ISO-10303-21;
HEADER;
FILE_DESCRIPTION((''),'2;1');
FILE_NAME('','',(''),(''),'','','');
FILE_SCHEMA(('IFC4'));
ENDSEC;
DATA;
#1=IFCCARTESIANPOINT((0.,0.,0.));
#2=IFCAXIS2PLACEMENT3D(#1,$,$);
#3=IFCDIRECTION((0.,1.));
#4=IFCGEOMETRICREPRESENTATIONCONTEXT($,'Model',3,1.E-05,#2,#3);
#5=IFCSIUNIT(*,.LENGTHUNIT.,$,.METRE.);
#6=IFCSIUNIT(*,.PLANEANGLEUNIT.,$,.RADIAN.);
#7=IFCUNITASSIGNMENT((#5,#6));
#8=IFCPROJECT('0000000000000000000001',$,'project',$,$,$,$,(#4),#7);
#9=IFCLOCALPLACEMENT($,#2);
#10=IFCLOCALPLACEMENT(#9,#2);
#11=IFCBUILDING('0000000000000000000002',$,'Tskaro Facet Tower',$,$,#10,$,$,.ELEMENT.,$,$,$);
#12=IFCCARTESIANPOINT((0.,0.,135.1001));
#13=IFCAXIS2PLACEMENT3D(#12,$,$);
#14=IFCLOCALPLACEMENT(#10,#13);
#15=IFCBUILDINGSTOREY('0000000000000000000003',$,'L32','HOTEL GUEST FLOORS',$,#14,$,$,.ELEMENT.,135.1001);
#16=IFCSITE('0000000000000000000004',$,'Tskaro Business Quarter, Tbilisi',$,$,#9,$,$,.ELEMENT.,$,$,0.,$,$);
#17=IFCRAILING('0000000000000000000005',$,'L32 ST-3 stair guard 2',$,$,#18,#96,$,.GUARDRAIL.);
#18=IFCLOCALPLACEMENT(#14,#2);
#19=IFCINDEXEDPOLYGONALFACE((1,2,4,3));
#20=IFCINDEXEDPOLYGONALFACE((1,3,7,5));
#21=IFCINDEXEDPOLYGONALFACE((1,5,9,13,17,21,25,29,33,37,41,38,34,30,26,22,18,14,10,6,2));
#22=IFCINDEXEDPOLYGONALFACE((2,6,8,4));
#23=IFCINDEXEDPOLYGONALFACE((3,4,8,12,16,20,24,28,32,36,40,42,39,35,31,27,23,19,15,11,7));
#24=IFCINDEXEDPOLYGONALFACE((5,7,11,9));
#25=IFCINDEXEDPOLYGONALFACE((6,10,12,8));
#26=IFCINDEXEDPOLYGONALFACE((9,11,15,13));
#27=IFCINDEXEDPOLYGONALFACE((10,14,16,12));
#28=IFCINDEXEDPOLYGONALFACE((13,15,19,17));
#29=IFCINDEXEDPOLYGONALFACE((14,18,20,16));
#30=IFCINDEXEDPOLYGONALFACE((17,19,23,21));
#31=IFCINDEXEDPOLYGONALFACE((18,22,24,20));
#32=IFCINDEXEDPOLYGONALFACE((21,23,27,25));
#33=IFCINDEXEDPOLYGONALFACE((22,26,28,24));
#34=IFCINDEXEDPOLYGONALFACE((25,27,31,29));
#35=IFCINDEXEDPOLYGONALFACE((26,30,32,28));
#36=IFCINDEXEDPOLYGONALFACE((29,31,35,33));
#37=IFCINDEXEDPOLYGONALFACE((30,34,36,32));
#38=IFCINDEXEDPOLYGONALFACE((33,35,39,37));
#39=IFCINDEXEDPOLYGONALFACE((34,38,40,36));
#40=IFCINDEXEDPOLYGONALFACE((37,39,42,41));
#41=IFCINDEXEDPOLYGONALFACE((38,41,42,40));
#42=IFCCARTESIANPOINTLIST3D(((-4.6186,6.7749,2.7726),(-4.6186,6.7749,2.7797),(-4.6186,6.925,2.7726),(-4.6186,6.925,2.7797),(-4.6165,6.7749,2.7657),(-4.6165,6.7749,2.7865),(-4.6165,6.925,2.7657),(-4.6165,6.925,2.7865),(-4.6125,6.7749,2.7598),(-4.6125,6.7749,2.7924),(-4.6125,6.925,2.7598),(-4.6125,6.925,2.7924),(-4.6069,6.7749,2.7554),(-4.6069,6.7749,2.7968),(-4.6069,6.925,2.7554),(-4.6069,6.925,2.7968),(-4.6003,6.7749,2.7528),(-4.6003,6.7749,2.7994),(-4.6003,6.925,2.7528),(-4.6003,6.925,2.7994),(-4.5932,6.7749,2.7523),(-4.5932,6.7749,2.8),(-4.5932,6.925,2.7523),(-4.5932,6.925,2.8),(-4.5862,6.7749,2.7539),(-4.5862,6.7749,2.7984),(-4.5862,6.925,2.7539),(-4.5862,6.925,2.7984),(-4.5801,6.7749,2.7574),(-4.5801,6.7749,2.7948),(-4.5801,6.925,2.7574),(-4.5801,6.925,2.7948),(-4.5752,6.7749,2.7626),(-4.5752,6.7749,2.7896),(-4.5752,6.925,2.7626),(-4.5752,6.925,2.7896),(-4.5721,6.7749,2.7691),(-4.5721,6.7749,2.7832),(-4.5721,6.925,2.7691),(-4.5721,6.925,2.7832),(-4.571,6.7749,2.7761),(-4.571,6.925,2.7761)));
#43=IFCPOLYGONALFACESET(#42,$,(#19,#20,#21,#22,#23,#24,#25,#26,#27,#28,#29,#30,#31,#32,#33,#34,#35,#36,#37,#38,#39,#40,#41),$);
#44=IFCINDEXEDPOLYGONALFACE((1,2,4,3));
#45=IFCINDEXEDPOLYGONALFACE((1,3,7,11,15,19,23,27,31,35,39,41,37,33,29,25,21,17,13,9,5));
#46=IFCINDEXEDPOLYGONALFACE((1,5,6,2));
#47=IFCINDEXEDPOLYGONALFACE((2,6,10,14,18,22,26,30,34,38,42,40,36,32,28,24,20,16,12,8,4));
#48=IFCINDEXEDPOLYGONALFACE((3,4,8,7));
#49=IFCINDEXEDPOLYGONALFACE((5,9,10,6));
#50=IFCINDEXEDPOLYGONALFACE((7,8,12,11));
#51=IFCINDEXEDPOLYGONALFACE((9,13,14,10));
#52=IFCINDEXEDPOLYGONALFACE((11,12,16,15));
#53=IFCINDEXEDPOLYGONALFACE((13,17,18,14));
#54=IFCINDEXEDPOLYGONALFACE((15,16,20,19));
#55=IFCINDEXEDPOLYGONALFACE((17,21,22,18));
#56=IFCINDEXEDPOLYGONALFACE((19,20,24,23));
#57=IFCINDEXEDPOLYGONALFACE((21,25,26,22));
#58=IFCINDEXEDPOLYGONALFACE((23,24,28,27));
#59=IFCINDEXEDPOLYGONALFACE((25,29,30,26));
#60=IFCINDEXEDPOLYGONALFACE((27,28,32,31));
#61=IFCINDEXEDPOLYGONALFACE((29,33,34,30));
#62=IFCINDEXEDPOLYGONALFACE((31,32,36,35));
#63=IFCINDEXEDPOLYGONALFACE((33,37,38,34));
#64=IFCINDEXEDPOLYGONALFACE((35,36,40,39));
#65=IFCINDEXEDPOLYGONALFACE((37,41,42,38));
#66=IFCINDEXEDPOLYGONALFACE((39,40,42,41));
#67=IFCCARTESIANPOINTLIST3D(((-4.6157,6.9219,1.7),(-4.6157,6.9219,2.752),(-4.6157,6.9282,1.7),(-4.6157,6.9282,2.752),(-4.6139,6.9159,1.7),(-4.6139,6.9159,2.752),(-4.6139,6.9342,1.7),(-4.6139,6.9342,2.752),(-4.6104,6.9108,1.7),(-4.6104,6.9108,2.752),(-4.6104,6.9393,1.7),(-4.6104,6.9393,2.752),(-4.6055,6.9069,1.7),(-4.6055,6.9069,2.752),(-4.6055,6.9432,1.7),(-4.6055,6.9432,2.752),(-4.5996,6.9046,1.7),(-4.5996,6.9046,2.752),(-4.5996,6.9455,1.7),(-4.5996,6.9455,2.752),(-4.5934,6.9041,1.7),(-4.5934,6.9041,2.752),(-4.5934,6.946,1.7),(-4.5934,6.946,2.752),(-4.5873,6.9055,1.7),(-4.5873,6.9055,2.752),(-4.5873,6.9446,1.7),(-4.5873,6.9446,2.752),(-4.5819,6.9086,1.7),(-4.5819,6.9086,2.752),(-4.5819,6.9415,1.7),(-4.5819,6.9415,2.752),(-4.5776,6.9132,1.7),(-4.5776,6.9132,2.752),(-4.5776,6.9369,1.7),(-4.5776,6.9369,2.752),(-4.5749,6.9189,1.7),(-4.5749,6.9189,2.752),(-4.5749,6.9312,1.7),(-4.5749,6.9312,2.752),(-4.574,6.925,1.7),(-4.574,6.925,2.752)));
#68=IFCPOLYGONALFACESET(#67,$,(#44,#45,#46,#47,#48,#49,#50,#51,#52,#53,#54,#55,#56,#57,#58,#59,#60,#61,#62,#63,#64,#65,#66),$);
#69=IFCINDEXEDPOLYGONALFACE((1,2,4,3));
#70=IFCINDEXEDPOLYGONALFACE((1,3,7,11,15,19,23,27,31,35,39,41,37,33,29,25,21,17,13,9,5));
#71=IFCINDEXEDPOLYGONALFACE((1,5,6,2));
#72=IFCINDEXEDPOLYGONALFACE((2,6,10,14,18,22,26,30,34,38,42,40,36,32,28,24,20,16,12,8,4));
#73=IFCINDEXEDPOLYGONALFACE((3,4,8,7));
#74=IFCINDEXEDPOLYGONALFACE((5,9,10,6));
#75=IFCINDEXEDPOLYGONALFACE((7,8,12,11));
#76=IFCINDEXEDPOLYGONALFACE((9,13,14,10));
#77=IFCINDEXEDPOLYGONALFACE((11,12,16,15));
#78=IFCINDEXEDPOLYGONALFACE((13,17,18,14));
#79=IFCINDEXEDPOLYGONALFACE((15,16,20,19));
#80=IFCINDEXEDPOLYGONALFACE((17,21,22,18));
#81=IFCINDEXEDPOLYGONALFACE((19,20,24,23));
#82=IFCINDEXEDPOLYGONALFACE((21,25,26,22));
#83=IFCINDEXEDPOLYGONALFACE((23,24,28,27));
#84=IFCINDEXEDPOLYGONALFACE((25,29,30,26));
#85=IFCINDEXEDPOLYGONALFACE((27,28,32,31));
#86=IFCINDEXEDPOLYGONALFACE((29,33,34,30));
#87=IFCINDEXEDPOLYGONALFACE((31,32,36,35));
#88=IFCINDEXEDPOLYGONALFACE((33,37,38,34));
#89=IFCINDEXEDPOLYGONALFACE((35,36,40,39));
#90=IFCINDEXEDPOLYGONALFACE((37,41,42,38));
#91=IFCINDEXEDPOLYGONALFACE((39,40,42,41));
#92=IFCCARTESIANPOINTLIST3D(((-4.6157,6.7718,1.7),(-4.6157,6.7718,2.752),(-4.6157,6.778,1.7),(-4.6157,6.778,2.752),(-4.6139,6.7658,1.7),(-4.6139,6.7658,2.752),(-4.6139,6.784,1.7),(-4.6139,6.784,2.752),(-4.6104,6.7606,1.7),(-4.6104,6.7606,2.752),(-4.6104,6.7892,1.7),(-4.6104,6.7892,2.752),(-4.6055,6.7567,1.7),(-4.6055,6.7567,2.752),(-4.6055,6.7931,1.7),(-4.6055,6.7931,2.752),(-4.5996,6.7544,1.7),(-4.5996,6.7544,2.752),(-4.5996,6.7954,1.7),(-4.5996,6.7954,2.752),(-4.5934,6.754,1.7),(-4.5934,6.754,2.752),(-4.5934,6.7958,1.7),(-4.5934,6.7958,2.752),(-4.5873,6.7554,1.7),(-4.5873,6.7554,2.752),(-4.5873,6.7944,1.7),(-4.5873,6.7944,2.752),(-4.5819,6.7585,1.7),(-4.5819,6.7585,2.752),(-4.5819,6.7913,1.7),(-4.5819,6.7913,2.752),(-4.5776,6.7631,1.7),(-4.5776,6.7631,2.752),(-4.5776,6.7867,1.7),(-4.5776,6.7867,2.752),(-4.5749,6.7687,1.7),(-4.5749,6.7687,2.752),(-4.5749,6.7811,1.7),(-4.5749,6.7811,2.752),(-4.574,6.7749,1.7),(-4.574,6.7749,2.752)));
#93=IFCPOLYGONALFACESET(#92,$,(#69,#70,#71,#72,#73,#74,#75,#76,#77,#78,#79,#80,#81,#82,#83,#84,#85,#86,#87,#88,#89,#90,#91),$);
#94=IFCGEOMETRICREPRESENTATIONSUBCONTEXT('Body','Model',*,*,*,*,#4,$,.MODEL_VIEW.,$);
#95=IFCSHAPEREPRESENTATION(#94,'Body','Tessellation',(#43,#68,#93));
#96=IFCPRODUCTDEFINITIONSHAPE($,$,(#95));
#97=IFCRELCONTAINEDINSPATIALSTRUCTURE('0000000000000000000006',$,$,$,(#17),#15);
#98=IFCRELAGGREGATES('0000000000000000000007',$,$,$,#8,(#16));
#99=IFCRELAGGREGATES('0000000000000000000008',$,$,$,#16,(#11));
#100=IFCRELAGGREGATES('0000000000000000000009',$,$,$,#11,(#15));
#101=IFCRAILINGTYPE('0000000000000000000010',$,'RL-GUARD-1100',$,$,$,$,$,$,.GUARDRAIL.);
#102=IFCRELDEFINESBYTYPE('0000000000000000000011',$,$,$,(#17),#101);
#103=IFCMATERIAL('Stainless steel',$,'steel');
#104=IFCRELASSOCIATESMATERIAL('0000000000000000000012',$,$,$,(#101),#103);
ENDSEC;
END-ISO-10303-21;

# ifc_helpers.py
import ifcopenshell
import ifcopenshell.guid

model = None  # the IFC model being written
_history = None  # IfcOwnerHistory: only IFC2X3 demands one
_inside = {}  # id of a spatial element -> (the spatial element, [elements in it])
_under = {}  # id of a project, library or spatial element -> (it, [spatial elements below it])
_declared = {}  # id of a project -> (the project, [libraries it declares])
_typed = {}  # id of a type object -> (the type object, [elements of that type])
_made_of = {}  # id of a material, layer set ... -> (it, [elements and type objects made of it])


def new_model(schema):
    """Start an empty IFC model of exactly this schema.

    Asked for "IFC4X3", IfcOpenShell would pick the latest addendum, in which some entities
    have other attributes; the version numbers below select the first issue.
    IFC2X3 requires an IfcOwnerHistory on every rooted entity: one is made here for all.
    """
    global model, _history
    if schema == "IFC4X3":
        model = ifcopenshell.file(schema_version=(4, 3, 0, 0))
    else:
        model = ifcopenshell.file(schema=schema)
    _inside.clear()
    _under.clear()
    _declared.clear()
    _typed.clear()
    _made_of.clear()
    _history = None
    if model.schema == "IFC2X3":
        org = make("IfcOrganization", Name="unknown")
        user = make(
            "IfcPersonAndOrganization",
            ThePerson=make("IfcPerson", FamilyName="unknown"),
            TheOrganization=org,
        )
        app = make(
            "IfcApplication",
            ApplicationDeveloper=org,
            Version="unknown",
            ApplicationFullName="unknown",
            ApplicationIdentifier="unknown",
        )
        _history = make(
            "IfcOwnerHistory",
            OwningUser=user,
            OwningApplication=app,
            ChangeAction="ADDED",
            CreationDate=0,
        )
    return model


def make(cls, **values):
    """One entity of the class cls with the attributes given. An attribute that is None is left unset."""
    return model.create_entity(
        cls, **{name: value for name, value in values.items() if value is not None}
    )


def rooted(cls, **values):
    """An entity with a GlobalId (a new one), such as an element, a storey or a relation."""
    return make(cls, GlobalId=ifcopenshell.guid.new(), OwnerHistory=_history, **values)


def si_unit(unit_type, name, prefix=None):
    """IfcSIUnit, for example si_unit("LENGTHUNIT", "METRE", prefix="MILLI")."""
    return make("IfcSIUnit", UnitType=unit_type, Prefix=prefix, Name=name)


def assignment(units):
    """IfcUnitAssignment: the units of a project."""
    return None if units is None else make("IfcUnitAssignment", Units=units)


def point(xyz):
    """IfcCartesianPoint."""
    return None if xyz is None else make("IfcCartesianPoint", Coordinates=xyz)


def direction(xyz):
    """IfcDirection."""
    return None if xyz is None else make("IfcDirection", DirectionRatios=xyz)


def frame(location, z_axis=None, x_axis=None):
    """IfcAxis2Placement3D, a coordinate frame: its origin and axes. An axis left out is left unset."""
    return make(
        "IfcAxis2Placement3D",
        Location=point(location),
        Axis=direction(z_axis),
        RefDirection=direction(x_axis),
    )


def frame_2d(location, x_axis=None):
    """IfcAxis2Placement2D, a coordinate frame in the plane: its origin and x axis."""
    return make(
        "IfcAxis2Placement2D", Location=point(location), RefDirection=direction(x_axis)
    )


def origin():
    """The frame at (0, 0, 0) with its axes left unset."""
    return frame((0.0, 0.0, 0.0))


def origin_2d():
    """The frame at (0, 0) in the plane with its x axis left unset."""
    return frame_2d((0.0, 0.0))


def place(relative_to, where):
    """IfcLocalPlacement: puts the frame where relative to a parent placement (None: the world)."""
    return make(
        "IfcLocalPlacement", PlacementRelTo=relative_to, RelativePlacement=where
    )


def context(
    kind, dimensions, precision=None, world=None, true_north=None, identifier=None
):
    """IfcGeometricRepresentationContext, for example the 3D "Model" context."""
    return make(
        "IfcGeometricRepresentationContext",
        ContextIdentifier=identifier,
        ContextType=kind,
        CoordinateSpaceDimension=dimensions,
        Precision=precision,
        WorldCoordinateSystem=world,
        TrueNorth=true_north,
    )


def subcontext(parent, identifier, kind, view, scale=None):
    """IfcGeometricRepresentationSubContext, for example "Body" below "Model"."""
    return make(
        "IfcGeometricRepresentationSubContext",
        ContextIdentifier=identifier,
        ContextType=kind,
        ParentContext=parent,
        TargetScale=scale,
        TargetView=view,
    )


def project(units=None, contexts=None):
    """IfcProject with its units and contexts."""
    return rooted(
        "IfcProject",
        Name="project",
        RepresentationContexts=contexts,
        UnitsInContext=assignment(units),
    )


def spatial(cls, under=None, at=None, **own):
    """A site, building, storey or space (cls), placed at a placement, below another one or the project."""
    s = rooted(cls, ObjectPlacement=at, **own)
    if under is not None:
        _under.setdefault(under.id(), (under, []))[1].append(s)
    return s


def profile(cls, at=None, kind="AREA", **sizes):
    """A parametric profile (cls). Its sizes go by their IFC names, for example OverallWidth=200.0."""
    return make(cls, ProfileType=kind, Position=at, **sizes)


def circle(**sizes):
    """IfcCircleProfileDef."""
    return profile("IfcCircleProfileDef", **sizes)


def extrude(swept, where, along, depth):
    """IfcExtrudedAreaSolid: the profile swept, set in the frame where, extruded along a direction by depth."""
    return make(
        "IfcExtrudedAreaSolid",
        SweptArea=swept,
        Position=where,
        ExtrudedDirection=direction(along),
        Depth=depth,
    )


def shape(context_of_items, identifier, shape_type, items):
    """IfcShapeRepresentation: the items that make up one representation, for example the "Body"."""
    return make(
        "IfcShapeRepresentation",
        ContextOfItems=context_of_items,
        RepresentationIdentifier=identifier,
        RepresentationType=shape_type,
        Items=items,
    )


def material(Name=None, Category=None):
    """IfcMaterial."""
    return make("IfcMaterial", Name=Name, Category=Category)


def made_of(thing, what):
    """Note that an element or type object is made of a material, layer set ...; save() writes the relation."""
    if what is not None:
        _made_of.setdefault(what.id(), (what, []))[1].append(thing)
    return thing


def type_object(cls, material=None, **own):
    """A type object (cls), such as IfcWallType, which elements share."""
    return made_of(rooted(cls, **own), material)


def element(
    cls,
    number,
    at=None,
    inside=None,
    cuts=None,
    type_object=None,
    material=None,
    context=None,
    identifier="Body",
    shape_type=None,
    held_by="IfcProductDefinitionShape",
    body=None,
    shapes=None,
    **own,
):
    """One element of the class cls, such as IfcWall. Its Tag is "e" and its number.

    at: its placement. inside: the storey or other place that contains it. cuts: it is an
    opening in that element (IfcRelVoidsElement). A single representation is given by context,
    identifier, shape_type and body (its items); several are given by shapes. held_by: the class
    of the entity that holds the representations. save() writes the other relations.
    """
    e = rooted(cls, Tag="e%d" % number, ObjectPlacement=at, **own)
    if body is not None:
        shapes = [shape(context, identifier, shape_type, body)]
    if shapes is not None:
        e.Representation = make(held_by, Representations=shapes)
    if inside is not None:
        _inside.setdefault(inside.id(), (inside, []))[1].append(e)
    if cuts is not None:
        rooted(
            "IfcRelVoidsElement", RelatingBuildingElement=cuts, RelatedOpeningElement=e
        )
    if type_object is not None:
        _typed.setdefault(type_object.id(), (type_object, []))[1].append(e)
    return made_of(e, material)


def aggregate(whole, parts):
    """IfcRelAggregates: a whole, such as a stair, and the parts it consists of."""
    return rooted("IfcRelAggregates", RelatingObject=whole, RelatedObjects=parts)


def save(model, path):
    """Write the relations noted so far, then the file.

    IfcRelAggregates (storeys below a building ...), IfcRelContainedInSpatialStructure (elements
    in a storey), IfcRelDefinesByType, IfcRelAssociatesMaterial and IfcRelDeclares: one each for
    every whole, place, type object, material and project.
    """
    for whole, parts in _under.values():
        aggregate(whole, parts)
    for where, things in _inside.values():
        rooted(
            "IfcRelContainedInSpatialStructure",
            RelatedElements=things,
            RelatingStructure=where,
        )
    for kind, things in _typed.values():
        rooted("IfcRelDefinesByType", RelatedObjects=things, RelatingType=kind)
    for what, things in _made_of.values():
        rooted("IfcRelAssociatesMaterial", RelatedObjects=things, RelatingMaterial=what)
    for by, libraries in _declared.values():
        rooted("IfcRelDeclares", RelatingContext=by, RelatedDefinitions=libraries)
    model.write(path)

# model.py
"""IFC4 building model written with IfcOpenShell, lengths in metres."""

from ifc_helpers import new_model, si_unit, direction, frame, origin, origin_2d, place, context, subcontext, project, spatial, circle, extrude, material, type_object, element, save


model = new_model("IFC4")

# Units and contexts
model_context = context("Model", 3, precision=1e-05, world=origin(), true_north=direction((0.0, 1.0)))
body_context = subcontext(model_context, "Body", "Model", "MODEL_VIEW")
ifc_project = project(units=[si_unit("LENGTHUNIT", "METRE"), si_unit("PLANEANGLEUNIT", "RADIAN")], contexts=[model_context])

# Site, building, storey
site_placement = place(None, origin())
site = spatial("IfcSite", under=ifc_project, at=site_placement, Name="Tskaro Business Quarter, Tbilisi", CompositionType="ELEMENT", RefElevation=0.0)
building_placement = place(site_placement, origin())
building = spatial("IfcBuilding", under=site, at=building_placement, Name="Tskaro Facet Tower", CompositionType="ELEMENT")
storey_placement = place(building_placement, frame((0.0, 0.0, 135.1001)))
storey = spatial("IfcBuildingStorey", under=building, at=storey_placement, Name="L32", Description="HOTEL GUEST FLOORS", CompositionType="ELEMENT", Elevation=135.1001)

# Railing
ifc_material_1 = material(Name="Stainless steel", Category="steel")
railing_type_1 = type_object("IfcRailingType", Name="RL-GUARD-1100", PredefinedType="GUARDRAIL", material=ifc_material_1)
railing_1_placement = place(storey_placement, frame((-4.595, 6.925, 1.7)))
element("IfcRailing", 1, at=railing_1_placement, inside=storey, type_object=railing_type_1, Name="L32 ST-3 stair guard 2", PredefinedType="GUARDRAIL", context=body_context, shape_type="SweptSolid", body=[
    extrude(circle(Radius=0.0239, at=origin_2d()), frame((0.0, 0.0, 1.0762), z_axis=(0.0, -1.0, 0.0), x_axis=(1.0, 0.0, 0.0)), (0.0, 0.0, 1.0), 0.1501),
    extrude(circle(Radius=0.021, at=origin_2d()), origin(), (0.0, 0.0, 1.0), 1.052),
    extrude(circle(Radius=0.021, at=origin_2d()), frame((0.0, -0.1501, 0.0)), (0.0, 0.0, 1.0), 1.052),
])

save(model, "model.ifc")
